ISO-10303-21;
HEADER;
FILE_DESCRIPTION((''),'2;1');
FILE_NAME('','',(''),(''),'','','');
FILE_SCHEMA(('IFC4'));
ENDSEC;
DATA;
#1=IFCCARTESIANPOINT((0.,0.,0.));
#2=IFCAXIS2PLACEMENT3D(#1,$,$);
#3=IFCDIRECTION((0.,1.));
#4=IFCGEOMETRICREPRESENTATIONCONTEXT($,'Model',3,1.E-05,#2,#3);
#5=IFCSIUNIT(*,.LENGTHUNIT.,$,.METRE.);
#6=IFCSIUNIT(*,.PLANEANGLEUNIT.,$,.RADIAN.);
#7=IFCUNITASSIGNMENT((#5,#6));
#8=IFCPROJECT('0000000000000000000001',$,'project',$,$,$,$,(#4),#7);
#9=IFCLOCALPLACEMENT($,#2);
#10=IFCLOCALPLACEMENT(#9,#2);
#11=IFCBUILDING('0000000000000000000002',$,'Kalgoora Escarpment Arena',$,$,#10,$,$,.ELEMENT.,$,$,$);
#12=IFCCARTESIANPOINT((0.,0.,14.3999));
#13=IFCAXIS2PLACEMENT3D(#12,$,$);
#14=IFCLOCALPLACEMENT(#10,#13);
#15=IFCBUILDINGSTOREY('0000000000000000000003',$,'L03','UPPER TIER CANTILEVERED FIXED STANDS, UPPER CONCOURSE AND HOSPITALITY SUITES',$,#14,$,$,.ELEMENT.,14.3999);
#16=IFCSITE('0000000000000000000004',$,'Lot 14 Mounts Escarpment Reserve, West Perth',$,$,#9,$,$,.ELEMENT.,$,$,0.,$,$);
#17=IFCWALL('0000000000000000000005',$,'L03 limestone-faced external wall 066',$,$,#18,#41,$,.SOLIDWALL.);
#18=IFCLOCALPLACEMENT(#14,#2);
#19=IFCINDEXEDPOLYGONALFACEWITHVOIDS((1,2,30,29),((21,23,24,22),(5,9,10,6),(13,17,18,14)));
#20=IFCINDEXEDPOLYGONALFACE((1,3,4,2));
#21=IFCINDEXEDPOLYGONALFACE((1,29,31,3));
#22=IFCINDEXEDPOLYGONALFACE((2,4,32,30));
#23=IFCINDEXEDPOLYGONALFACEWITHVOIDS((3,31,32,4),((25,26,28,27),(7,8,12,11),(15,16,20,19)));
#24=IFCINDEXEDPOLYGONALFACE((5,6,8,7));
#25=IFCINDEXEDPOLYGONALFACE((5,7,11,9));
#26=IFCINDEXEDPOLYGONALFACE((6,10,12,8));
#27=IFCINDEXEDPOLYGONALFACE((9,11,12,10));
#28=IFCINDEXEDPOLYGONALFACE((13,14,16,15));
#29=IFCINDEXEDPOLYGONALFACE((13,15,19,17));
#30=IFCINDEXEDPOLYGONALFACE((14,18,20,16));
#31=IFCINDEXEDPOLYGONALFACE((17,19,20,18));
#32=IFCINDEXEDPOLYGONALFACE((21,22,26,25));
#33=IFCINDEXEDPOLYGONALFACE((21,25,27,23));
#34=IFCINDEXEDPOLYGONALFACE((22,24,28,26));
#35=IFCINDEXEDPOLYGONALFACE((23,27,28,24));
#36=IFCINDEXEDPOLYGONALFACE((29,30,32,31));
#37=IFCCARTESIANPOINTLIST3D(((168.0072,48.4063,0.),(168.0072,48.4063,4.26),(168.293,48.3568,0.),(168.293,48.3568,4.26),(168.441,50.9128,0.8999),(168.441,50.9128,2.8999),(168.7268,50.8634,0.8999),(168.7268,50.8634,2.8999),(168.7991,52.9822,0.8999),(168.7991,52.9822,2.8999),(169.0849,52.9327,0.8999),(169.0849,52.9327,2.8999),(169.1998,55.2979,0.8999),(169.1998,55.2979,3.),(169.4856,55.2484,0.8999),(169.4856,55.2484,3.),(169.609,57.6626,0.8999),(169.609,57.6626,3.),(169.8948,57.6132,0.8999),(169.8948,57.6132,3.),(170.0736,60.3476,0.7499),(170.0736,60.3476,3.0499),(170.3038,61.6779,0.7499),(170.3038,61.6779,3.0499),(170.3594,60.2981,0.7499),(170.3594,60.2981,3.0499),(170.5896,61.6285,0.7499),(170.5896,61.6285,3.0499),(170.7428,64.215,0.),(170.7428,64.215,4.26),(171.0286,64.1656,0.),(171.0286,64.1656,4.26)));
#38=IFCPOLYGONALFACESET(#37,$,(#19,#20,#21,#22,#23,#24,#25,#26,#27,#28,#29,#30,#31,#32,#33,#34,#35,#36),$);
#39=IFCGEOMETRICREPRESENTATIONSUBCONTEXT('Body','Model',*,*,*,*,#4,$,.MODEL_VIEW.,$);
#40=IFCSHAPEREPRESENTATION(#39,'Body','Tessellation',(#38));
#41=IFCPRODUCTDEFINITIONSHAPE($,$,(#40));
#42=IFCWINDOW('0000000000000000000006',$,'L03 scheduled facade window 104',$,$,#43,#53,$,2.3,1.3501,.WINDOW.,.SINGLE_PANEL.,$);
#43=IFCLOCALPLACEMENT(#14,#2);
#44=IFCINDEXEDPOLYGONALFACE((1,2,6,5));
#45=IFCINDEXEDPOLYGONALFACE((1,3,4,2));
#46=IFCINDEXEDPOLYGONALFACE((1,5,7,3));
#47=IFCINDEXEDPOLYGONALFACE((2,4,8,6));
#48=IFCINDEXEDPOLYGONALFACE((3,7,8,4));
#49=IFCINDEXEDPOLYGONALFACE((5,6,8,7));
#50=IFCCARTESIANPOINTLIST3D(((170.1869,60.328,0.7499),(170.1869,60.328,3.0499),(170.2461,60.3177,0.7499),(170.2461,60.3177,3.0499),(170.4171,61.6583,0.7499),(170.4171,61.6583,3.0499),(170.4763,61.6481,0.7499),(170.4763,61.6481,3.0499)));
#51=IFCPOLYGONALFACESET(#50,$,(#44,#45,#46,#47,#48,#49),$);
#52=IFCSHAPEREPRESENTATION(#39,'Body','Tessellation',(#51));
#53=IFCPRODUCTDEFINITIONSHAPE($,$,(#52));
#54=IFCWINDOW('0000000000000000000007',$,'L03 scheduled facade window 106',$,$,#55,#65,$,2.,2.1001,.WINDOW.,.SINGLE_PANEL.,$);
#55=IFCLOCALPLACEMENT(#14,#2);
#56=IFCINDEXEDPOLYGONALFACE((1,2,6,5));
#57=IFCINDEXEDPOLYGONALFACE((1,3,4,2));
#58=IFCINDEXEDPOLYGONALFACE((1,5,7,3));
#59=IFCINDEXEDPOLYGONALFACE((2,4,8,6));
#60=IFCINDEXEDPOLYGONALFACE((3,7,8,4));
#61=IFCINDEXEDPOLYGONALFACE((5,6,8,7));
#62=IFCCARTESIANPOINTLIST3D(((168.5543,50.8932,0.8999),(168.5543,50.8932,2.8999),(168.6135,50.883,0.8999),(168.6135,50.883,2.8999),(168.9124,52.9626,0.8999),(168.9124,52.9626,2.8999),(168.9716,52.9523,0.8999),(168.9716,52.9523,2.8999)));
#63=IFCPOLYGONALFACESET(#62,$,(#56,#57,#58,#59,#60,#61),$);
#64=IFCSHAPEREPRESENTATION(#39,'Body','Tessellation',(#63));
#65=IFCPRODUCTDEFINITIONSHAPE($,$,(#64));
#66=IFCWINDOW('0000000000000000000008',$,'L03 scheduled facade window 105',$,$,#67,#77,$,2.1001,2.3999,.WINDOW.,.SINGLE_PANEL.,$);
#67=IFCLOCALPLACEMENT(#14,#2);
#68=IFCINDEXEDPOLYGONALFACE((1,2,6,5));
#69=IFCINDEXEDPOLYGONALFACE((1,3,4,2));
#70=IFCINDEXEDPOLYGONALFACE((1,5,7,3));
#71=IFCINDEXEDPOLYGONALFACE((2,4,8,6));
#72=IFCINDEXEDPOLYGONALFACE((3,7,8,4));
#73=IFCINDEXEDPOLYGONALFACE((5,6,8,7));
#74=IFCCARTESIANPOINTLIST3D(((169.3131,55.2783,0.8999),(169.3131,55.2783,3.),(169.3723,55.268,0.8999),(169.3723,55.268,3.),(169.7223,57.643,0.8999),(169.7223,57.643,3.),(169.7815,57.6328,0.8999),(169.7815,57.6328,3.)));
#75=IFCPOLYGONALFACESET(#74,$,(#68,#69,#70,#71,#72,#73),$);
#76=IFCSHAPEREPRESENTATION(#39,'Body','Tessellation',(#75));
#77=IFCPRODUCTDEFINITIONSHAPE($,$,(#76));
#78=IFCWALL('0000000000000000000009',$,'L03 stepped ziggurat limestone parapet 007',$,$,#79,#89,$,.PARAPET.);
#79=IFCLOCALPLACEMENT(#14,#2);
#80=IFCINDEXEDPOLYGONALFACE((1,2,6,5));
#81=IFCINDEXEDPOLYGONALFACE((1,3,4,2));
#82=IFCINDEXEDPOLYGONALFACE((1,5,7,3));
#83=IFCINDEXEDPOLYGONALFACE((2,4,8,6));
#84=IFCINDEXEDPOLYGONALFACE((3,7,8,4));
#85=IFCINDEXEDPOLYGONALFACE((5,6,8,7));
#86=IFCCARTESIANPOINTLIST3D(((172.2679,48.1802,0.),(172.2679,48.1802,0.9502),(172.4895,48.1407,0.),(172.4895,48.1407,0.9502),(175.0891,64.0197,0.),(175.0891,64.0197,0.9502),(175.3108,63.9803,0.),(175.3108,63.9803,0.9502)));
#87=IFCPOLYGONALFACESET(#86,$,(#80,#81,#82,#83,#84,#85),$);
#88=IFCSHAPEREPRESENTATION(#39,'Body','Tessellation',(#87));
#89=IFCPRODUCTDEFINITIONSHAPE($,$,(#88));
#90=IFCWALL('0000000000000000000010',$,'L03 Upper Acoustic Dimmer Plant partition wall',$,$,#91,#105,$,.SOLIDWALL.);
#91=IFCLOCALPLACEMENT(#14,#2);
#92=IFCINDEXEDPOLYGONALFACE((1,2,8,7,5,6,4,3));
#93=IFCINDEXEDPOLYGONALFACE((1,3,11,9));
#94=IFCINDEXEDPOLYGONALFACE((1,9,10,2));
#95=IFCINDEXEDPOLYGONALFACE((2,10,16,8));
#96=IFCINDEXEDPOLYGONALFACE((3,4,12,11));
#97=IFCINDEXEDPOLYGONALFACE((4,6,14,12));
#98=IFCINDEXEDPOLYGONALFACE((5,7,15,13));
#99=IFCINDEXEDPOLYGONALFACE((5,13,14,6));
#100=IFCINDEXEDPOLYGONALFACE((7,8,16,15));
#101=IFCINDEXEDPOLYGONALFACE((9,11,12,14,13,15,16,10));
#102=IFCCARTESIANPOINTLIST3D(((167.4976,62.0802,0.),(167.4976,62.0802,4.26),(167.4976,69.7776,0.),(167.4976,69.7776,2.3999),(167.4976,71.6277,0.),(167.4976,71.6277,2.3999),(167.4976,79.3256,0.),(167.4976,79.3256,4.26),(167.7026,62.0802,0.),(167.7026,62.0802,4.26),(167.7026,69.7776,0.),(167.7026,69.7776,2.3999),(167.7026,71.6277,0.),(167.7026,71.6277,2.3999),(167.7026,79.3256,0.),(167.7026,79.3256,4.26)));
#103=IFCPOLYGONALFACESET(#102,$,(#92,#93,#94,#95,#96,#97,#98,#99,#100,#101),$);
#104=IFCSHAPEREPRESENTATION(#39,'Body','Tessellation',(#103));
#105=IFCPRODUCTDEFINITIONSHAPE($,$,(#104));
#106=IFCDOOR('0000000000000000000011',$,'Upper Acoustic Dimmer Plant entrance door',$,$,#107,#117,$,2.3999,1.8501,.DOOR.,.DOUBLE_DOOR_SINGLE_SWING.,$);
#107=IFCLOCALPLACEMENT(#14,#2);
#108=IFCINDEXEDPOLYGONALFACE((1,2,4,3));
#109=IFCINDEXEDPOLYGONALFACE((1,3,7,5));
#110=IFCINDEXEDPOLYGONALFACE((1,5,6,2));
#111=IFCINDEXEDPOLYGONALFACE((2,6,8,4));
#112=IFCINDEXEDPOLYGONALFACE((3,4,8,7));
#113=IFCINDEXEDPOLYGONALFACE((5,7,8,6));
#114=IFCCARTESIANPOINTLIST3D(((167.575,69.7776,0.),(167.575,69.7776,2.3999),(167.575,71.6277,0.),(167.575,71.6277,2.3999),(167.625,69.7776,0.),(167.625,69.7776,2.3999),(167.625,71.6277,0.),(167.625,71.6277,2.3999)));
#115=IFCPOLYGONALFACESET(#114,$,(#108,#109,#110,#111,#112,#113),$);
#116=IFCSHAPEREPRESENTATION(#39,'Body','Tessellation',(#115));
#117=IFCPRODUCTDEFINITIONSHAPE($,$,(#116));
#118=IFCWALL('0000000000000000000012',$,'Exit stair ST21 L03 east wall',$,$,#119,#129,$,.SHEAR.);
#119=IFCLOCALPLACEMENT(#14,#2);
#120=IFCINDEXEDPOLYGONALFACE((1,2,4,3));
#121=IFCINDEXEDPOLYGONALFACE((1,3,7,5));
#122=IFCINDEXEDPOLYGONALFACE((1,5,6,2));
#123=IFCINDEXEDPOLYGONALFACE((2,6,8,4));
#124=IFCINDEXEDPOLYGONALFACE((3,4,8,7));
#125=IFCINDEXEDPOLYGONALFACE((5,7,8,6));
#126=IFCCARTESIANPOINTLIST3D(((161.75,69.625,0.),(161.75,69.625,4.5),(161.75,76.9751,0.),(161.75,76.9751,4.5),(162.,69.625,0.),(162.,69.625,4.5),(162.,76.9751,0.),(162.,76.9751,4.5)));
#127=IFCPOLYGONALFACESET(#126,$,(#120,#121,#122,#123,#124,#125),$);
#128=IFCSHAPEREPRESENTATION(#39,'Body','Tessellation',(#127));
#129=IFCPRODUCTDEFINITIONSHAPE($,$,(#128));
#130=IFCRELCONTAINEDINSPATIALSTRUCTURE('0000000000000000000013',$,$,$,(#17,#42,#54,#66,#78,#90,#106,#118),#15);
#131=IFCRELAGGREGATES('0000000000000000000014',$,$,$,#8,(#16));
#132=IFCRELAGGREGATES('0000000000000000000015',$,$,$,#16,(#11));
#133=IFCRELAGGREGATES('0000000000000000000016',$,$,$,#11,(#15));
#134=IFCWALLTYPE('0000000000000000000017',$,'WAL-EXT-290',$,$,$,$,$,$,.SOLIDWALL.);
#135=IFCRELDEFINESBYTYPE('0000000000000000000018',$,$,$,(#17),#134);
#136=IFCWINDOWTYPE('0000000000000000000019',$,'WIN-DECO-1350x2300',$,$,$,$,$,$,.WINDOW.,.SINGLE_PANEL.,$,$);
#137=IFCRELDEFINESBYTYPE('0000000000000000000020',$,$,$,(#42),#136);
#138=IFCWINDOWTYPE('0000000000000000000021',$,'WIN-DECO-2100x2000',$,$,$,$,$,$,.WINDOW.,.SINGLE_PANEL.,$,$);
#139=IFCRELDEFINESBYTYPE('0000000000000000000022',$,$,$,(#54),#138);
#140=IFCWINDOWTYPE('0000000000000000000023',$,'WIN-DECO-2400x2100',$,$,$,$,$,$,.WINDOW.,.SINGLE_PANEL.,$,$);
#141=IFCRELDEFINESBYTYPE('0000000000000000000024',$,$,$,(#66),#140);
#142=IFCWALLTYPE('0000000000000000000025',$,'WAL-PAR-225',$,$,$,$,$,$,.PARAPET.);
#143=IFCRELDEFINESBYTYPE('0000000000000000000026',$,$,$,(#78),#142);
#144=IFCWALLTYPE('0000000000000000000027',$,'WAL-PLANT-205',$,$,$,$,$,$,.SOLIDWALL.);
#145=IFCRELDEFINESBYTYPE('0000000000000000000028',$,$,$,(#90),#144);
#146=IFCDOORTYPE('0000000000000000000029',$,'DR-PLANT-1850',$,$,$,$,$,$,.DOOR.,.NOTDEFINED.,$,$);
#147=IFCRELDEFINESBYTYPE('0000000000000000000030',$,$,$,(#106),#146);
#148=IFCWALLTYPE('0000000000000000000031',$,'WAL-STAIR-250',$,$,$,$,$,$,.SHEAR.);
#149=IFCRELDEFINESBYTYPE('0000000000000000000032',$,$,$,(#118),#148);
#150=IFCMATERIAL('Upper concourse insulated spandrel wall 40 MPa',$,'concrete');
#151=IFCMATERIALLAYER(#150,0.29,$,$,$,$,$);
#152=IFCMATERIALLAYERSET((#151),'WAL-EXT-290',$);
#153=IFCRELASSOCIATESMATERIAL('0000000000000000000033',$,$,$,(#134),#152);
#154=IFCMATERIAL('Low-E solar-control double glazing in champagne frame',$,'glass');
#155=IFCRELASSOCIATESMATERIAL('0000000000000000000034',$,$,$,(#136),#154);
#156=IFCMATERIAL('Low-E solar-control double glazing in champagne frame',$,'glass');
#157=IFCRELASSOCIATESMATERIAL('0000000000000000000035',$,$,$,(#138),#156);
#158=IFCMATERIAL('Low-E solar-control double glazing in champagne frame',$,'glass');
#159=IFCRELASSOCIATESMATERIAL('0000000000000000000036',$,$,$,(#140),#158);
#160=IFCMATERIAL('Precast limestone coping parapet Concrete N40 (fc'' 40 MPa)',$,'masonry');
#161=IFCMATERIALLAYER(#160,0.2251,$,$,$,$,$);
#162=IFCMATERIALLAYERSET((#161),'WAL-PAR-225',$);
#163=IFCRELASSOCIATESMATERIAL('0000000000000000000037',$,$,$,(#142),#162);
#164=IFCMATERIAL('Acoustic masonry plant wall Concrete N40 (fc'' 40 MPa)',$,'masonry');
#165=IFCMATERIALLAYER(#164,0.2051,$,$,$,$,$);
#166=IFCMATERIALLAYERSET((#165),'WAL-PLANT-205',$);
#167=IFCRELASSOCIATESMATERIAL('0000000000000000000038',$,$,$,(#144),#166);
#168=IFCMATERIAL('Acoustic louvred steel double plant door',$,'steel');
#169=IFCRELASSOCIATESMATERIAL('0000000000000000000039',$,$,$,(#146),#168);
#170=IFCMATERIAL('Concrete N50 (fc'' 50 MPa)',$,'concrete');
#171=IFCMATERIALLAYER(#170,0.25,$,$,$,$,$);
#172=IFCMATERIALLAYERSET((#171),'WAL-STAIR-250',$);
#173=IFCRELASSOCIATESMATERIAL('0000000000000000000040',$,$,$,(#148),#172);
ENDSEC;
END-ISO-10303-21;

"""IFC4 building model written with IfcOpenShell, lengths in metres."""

from ifc_helpers import new_model, si_unit, direction, frame, frame_2d, origin, place, context, subcontext, project, spatial, rectangle, extrude, material, layer, layer_set, type_object, element, fill, save


model = new_model("IFC4")

# Units and contexts
model_context = context("Model", 3, precision=1e-05, world=origin(), true_north=direction((0.0, 1.0)))
body_context = subcontext(model_context, "Body", "Model", "MODEL_VIEW")
ifc_project = project(units=[si_unit("LENGTHUNIT", "METRE"), si_unit("PLANEANGLEUNIT", "RADIAN")], contexts=[model_context])

# Site, building, storey
site_placement = place(None, origin())
site = spatial("IfcSite", under=ifc_project, at=site_placement, Name="Lot 14 Mounts Escarpment Reserve, West Perth", CompositionType="ELEMENT", RefElevation=0.0)
building_placement = place(site_placement, origin())
building = spatial("IfcBuilding", under=site, at=building_placement, Name="Kalgoora Escarpment Arena", CompositionType="ELEMENT")
storey_placement = place(building_placement, frame((0.0, 0.0, 14.3999)))
storey = spatial("IfcBuildingStorey", under=building, at=storey_placement, Name="L03", Description="UPPER TIER CANTILEVERED FIXED STANDS, UPPER CONCOURSE AND HOSPITALITY SUITES", CompositionType="ELEMENT", Elevation=14.3999)

# Wall, openings, windows
ifc_material_1 = material(Name="Upper concourse insulated spandrel wall 40 MPa", Category="concrete")
ifc_layer_1 = layer(ifc_material_1, 0.29)
ifc_layer_set_1 = layer_set([ifc_layer_1], Name="WAL-EXT-290")
wall_type_1 = type_object("IfcWallType", Name="WAL-EXT-290", PredefinedType="SOLIDWALL", material=ifc_layer_set_1)
wall_1_placement = place(storey_placement, frame((170.8857, 64.1904, 0.0), z_axis=(0.0, 0.0, 1.0), x_axis=(-0.170508, -0.985356, 0.0)))
wall_1 = element("IfcWall", 1, at=wall_1_placement, inside=storey, type_object=wall_type_1, Name="L03 limestone-faced external wall 066", PredefinedType="SOLIDWALL", context=body_context, shape_type="SweptSolid", body=[
    extrude(rectangle(XDim=16.0437, YDim=0.29, at=frame_2d((8.022, 0.0))), origin(), (0.0, 0.0, 1.0), 4.26),
])
opening_1_placement = place(wall_1_placement, frame((2.575, 0.0, 0.75)))
opening_1 = element("IfcOpeningElement", 2, at=opening_1_placement, cuts=wall_1, PredefinedType="OPENING", context=body_context, shape_type="SweptSolid", body=[
    extrude(rectangle(XDim=1.3501, YDim=2.3, at=frame_2d((0.675, 1.1499))), frame((0.0, 0.155, 0.0), z_axis=(0.0, -1.0, 0.0), x_axis=(1.0, 0.0, 0.0)), (0.0, 0.0, 1.0), 0.3101),
])
opening_2_placement = place(wall_1_placement, frame((6.6499, 0.0, 0.8999)))
opening_2 = element("IfcOpeningElement", 3, at=opening_2_placement, cuts=wall_1, PredefinedType="OPENING", context=body_context, shape_type="SweptSolid", body=[
    extrude(rectangle(XDim=2.3999, YDim=2.1001, at=frame_2d((1.2, 1.05))), frame((0.0, 0.155, 0.0), z_axis=(0.0, -1.0, 0.0), x_axis=(1.0, 0.0, 0.0)), (0.0, 0.0, 1.0), 0.3101),
])
opening_3_placement = place(wall_1_placement, frame((11.3999, 0.0, 0.8999)))
opening_3 = element("IfcOpeningElement", 4, at=opening_3_placement, cuts=wall_1, PredefinedType="OPENING", context=body_context, shape_type="SweptSolid", body=[
    extrude(rectangle(XDim=2.1001, YDim=2.0, at=frame_2d((1.05, 1.0))), frame((0.0, 0.155, 0.0), z_axis=(0.0, -1.0, 0.0), x_axis=(1.0, 0.0, 0.0)), (0.0, 0.0, 1.0), 0.3101),
])
ifc_material_2 = material(Name="Low-E solar-control double glazing in champagne frame", Category="glass")
window_type_1 = type_object("IfcWindowType", Name="WIN-DECO-1350x2300", PartitioningType="SINGLE_PANEL", PredefinedType="WINDOW", material=ifc_material_2)
window_1_placement = place(opening_1_placement, origin())
window_1 = element("IfcWindow", 5, at=window_1_placement, inside=storey, type_object=window_type_1, Name="L03 scheduled facade window 104", OverallHeight=2.3, OverallWidth=1.3501, PartitioningType="SINGLE_PANEL", PredefinedType="WINDOW", context=body_context, shape_type="SweptSolid", body=[
    extrude(rectangle(XDim=1.3501, YDim=2.3, at=frame_2d((0.675, 1.1499))), frame((0.0, 0.03, 0.0), z_axis=(0.0, -1.0, 0.0), x_axis=(1.0, 0.0, 0.0)), (0.0, 0.0, 1.0), 0.0601),
])
fill(opening_1, window_1)
ifc_material_3 = material(Name="Low-E solar-control double glazing in champagne frame", Category="glass")
window_type_2 = type_object("IfcWindowType", Name="WIN-DECO-2100x2000", PartitioningType="SINGLE_PANEL", PredefinedType="WINDOW", material=ifc_material_3)
window_2_placement = place(opening_3_placement, origin())
window_2 = element("IfcWindow", 6, at=window_2_placement, inside=storey, type_object=window_type_2, Name="L03 scheduled facade window 106", OverallHeight=2.0, OverallWidth=2.1001, PartitioningType="SINGLE_PANEL", PredefinedType="WINDOW", context=body_context, shape_type="SweptSolid", body=[
    extrude(rectangle(XDim=2.1001, YDim=2.0, at=frame_2d((1.05, 1.0))), frame((0.0, 0.03, 0.0), z_axis=(0.0, -1.0, 0.0), x_axis=(1.0, 0.0, 0.0)), (0.0, 0.0, 1.0), 0.0601),
])
fill(opening_3, window_2)
ifc_material_4 = material(Name="Low-E solar-control double glazing in champagne frame", Category="glass")
window_type_3 = type_object("IfcWindowType", Name="WIN-DECO-2400x2100", PartitioningType="SINGLE_PANEL", PredefinedType="WINDOW", material=ifc_material_4)
window_3_placement = place(opening_2_placement, origin())
window_3 = element("IfcWindow", 7, at=window_3_placement, inside=storey, type_object=window_type_3, Name="L03 scheduled facade window 105", OverallHeight=2.1001, OverallWidth=2.3999, PartitioningType="SINGLE_PANEL", PredefinedType="WINDOW", context=body_context, shape_type="SweptSolid", body=[
    extrude(rectangle(XDim=2.3999, YDim=2.1001, at=frame_2d((1.2, 1.05))), frame((0.0, 0.03, 0.0), z_axis=(0.0, -1.0, 0.0), x_axis=(1.0, 0.0, 0.0)), (0.0, 0.0, 1.0), 0.0601),
])
fill(opening_2, window_3)

# Wall
ifc_material_5 = material(Name="Precast limestone coping parapet Concrete N40 (fc' 40 MPa)", Category="masonry")
ifc_layer_2 = layer(ifc_material_5, 0.2251)
ifc_layer_set_2 = layer_set([ifc_layer_2], Name="WAL-PAR-225")
wall_type_2 = type_object("IfcWallType", Name="WAL-PAR-225", PredefinedType="PARAPET", material=ifc_layer_set_2)
wall_2_placement = place(storey_placement, frame((175.2, 64.0, 0.0), z_axis=(0.0, 0.0, 1.0), x_axis=(-0.175356, -0.984505, 0.0)))
element("IfcWall", 8, at=wall_2_placement, inside=storey, type_object=wall_type_2, Name="L03 stepped ziggurat limestone parapet 007", PredefinedType="PARAPET", context=body_context, shape_type="SweptSolid", body=[
    extrude(rectangle(XDim=16.0889, YDim=0.2251, at=frame_2d((8.0444, 0.0))), origin(), (0.0, 0.0, 1.0), 0.9502),
])

# Wall, opening, door
ifc_material_6 = material(Name="Acoustic masonry plant wall Concrete N40 (fc' 40 MPa)", Category="masonry")
ifc_layer_3 = layer(ifc_material_6, 0.2051)
ifc_layer_set_3 = layer_set([ifc_layer_3], Name="WAL-PLANT-205")
wall_type_3 = type_object("IfcWallType", Name="WAL-PLANT-205", PredefinedType="SOLIDWALL", material=ifc_layer_set_3)
wall_3_placement = place(storey_placement, frame((167.6001, 79.3254, 0.0), z_axis=(0.0, 0.0, 1.0), x_axis=(0.0, -1.0, 0.0)))
wall_3 = element("IfcWall", 9, at=wall_3_placement, inside=storey, type_object=wall_type_3, Name="L03 Upper Acoustic Dimmer Plant partition wall", PredefinedType="SOLIDWALL", context=body_context, shape_type="SweptSolid", body=[
    extrude(rectangle(XDim=17.2454, YDim=0.2051, at=frame_2d((8.6226, 0.0))), origin(), (0.0, 0.0, 1.0), 4.26),
])
opening_4_placement = place(wall_3_placement, frame((7.6978, 0.0, 0.0)))
opening_4 = element("IfcOpeningElement", 10, at=opening_4_placement, cuts=wall_3, PredefinedType="OPENING", context=body_context, shape_type="SweptSolid", body=[
    extrude(rectangle(XDim=1.8501, YDim=2.3999, at=frame_2d((0.925, 1.2))), frame((0.0, 0.1125, 0.0), z_axis=(0.0, -1.0, 0.0), x_axis=(1.0, 0.0, 0.0)), (0.0, 0.0, 1.0), 0.2251),
])
ifc_material_7 = material(Name="Acoustic louvred steel double plant door", Category="steel")
door_type = type_object("IfcDoorType", Name="DR-PLANT-1850", OperationType="NOTDEFINED", PredefinedType="DOOR", material=ifc_material_7)
door_placement = place(opening_4_placement, origin())
door = element("IfcDoor", 11, at=door_placement, inside=storey, type_object=door_type, Name="Upper Acoustic Dimmer Plant entrance door", OperationType="DOUBLE_DOOR_SINGLE_SWING", OverallHeight=2.3999, OverallWidth=1.8501, PredefinedType="DOOR", context=body_context, shape_type="SweptSolid", body=[
    extrude(rectangle(XDim=1.8501, YDim=2.3999, at=frame_2d((0.925, 1.2))), frame((0.0, 0.0249, 0.0), z_axis=(0.0, -1.0, 0.0), x_axis=(1.0, 0.0, 0.0)), (0.0, 0.0, 1.0), 0.05),
])
fill(opening_4, door)

# Wall
ifc_material_8 = material(Name="Concrete N50 (fc' 50 MPa)", Category="concrete")
ifc_layer_4 = layer(ifc_material_8, 0.25)
ifc_layer_set_4 = layer_set([ifc_layer_4], Name="WAL-STAIR-250")
wall_type_4 = type_object("IfcWallType", Name="WAL-STAIR-250", PredefinedType="SHEAR", material=ifc_layer_set_4)
wall_4_placement = place(storey_placement, frame((161.875, 69.625, 0.0), z_axis=(0.0, 0.0, 1.0), x_axis=(0.0, 1.0, 0.0)))
element("IfcWall", 12, at=wall_4_placement, inside=storey, type_object=wall_type_4, Name="Exit stair ST21 L03 east wall", PredefinedType="SHEAR", context=body_context, shape_type="SweptSolid", body=[
    extrude(rectangle(XDim=7.3501, YDim=0.25, at=frame_2d((3.675, 0.0))), origin(), (0.0, 0.0, 1.0), 4.5),
])

save(model, "model.ifc")
